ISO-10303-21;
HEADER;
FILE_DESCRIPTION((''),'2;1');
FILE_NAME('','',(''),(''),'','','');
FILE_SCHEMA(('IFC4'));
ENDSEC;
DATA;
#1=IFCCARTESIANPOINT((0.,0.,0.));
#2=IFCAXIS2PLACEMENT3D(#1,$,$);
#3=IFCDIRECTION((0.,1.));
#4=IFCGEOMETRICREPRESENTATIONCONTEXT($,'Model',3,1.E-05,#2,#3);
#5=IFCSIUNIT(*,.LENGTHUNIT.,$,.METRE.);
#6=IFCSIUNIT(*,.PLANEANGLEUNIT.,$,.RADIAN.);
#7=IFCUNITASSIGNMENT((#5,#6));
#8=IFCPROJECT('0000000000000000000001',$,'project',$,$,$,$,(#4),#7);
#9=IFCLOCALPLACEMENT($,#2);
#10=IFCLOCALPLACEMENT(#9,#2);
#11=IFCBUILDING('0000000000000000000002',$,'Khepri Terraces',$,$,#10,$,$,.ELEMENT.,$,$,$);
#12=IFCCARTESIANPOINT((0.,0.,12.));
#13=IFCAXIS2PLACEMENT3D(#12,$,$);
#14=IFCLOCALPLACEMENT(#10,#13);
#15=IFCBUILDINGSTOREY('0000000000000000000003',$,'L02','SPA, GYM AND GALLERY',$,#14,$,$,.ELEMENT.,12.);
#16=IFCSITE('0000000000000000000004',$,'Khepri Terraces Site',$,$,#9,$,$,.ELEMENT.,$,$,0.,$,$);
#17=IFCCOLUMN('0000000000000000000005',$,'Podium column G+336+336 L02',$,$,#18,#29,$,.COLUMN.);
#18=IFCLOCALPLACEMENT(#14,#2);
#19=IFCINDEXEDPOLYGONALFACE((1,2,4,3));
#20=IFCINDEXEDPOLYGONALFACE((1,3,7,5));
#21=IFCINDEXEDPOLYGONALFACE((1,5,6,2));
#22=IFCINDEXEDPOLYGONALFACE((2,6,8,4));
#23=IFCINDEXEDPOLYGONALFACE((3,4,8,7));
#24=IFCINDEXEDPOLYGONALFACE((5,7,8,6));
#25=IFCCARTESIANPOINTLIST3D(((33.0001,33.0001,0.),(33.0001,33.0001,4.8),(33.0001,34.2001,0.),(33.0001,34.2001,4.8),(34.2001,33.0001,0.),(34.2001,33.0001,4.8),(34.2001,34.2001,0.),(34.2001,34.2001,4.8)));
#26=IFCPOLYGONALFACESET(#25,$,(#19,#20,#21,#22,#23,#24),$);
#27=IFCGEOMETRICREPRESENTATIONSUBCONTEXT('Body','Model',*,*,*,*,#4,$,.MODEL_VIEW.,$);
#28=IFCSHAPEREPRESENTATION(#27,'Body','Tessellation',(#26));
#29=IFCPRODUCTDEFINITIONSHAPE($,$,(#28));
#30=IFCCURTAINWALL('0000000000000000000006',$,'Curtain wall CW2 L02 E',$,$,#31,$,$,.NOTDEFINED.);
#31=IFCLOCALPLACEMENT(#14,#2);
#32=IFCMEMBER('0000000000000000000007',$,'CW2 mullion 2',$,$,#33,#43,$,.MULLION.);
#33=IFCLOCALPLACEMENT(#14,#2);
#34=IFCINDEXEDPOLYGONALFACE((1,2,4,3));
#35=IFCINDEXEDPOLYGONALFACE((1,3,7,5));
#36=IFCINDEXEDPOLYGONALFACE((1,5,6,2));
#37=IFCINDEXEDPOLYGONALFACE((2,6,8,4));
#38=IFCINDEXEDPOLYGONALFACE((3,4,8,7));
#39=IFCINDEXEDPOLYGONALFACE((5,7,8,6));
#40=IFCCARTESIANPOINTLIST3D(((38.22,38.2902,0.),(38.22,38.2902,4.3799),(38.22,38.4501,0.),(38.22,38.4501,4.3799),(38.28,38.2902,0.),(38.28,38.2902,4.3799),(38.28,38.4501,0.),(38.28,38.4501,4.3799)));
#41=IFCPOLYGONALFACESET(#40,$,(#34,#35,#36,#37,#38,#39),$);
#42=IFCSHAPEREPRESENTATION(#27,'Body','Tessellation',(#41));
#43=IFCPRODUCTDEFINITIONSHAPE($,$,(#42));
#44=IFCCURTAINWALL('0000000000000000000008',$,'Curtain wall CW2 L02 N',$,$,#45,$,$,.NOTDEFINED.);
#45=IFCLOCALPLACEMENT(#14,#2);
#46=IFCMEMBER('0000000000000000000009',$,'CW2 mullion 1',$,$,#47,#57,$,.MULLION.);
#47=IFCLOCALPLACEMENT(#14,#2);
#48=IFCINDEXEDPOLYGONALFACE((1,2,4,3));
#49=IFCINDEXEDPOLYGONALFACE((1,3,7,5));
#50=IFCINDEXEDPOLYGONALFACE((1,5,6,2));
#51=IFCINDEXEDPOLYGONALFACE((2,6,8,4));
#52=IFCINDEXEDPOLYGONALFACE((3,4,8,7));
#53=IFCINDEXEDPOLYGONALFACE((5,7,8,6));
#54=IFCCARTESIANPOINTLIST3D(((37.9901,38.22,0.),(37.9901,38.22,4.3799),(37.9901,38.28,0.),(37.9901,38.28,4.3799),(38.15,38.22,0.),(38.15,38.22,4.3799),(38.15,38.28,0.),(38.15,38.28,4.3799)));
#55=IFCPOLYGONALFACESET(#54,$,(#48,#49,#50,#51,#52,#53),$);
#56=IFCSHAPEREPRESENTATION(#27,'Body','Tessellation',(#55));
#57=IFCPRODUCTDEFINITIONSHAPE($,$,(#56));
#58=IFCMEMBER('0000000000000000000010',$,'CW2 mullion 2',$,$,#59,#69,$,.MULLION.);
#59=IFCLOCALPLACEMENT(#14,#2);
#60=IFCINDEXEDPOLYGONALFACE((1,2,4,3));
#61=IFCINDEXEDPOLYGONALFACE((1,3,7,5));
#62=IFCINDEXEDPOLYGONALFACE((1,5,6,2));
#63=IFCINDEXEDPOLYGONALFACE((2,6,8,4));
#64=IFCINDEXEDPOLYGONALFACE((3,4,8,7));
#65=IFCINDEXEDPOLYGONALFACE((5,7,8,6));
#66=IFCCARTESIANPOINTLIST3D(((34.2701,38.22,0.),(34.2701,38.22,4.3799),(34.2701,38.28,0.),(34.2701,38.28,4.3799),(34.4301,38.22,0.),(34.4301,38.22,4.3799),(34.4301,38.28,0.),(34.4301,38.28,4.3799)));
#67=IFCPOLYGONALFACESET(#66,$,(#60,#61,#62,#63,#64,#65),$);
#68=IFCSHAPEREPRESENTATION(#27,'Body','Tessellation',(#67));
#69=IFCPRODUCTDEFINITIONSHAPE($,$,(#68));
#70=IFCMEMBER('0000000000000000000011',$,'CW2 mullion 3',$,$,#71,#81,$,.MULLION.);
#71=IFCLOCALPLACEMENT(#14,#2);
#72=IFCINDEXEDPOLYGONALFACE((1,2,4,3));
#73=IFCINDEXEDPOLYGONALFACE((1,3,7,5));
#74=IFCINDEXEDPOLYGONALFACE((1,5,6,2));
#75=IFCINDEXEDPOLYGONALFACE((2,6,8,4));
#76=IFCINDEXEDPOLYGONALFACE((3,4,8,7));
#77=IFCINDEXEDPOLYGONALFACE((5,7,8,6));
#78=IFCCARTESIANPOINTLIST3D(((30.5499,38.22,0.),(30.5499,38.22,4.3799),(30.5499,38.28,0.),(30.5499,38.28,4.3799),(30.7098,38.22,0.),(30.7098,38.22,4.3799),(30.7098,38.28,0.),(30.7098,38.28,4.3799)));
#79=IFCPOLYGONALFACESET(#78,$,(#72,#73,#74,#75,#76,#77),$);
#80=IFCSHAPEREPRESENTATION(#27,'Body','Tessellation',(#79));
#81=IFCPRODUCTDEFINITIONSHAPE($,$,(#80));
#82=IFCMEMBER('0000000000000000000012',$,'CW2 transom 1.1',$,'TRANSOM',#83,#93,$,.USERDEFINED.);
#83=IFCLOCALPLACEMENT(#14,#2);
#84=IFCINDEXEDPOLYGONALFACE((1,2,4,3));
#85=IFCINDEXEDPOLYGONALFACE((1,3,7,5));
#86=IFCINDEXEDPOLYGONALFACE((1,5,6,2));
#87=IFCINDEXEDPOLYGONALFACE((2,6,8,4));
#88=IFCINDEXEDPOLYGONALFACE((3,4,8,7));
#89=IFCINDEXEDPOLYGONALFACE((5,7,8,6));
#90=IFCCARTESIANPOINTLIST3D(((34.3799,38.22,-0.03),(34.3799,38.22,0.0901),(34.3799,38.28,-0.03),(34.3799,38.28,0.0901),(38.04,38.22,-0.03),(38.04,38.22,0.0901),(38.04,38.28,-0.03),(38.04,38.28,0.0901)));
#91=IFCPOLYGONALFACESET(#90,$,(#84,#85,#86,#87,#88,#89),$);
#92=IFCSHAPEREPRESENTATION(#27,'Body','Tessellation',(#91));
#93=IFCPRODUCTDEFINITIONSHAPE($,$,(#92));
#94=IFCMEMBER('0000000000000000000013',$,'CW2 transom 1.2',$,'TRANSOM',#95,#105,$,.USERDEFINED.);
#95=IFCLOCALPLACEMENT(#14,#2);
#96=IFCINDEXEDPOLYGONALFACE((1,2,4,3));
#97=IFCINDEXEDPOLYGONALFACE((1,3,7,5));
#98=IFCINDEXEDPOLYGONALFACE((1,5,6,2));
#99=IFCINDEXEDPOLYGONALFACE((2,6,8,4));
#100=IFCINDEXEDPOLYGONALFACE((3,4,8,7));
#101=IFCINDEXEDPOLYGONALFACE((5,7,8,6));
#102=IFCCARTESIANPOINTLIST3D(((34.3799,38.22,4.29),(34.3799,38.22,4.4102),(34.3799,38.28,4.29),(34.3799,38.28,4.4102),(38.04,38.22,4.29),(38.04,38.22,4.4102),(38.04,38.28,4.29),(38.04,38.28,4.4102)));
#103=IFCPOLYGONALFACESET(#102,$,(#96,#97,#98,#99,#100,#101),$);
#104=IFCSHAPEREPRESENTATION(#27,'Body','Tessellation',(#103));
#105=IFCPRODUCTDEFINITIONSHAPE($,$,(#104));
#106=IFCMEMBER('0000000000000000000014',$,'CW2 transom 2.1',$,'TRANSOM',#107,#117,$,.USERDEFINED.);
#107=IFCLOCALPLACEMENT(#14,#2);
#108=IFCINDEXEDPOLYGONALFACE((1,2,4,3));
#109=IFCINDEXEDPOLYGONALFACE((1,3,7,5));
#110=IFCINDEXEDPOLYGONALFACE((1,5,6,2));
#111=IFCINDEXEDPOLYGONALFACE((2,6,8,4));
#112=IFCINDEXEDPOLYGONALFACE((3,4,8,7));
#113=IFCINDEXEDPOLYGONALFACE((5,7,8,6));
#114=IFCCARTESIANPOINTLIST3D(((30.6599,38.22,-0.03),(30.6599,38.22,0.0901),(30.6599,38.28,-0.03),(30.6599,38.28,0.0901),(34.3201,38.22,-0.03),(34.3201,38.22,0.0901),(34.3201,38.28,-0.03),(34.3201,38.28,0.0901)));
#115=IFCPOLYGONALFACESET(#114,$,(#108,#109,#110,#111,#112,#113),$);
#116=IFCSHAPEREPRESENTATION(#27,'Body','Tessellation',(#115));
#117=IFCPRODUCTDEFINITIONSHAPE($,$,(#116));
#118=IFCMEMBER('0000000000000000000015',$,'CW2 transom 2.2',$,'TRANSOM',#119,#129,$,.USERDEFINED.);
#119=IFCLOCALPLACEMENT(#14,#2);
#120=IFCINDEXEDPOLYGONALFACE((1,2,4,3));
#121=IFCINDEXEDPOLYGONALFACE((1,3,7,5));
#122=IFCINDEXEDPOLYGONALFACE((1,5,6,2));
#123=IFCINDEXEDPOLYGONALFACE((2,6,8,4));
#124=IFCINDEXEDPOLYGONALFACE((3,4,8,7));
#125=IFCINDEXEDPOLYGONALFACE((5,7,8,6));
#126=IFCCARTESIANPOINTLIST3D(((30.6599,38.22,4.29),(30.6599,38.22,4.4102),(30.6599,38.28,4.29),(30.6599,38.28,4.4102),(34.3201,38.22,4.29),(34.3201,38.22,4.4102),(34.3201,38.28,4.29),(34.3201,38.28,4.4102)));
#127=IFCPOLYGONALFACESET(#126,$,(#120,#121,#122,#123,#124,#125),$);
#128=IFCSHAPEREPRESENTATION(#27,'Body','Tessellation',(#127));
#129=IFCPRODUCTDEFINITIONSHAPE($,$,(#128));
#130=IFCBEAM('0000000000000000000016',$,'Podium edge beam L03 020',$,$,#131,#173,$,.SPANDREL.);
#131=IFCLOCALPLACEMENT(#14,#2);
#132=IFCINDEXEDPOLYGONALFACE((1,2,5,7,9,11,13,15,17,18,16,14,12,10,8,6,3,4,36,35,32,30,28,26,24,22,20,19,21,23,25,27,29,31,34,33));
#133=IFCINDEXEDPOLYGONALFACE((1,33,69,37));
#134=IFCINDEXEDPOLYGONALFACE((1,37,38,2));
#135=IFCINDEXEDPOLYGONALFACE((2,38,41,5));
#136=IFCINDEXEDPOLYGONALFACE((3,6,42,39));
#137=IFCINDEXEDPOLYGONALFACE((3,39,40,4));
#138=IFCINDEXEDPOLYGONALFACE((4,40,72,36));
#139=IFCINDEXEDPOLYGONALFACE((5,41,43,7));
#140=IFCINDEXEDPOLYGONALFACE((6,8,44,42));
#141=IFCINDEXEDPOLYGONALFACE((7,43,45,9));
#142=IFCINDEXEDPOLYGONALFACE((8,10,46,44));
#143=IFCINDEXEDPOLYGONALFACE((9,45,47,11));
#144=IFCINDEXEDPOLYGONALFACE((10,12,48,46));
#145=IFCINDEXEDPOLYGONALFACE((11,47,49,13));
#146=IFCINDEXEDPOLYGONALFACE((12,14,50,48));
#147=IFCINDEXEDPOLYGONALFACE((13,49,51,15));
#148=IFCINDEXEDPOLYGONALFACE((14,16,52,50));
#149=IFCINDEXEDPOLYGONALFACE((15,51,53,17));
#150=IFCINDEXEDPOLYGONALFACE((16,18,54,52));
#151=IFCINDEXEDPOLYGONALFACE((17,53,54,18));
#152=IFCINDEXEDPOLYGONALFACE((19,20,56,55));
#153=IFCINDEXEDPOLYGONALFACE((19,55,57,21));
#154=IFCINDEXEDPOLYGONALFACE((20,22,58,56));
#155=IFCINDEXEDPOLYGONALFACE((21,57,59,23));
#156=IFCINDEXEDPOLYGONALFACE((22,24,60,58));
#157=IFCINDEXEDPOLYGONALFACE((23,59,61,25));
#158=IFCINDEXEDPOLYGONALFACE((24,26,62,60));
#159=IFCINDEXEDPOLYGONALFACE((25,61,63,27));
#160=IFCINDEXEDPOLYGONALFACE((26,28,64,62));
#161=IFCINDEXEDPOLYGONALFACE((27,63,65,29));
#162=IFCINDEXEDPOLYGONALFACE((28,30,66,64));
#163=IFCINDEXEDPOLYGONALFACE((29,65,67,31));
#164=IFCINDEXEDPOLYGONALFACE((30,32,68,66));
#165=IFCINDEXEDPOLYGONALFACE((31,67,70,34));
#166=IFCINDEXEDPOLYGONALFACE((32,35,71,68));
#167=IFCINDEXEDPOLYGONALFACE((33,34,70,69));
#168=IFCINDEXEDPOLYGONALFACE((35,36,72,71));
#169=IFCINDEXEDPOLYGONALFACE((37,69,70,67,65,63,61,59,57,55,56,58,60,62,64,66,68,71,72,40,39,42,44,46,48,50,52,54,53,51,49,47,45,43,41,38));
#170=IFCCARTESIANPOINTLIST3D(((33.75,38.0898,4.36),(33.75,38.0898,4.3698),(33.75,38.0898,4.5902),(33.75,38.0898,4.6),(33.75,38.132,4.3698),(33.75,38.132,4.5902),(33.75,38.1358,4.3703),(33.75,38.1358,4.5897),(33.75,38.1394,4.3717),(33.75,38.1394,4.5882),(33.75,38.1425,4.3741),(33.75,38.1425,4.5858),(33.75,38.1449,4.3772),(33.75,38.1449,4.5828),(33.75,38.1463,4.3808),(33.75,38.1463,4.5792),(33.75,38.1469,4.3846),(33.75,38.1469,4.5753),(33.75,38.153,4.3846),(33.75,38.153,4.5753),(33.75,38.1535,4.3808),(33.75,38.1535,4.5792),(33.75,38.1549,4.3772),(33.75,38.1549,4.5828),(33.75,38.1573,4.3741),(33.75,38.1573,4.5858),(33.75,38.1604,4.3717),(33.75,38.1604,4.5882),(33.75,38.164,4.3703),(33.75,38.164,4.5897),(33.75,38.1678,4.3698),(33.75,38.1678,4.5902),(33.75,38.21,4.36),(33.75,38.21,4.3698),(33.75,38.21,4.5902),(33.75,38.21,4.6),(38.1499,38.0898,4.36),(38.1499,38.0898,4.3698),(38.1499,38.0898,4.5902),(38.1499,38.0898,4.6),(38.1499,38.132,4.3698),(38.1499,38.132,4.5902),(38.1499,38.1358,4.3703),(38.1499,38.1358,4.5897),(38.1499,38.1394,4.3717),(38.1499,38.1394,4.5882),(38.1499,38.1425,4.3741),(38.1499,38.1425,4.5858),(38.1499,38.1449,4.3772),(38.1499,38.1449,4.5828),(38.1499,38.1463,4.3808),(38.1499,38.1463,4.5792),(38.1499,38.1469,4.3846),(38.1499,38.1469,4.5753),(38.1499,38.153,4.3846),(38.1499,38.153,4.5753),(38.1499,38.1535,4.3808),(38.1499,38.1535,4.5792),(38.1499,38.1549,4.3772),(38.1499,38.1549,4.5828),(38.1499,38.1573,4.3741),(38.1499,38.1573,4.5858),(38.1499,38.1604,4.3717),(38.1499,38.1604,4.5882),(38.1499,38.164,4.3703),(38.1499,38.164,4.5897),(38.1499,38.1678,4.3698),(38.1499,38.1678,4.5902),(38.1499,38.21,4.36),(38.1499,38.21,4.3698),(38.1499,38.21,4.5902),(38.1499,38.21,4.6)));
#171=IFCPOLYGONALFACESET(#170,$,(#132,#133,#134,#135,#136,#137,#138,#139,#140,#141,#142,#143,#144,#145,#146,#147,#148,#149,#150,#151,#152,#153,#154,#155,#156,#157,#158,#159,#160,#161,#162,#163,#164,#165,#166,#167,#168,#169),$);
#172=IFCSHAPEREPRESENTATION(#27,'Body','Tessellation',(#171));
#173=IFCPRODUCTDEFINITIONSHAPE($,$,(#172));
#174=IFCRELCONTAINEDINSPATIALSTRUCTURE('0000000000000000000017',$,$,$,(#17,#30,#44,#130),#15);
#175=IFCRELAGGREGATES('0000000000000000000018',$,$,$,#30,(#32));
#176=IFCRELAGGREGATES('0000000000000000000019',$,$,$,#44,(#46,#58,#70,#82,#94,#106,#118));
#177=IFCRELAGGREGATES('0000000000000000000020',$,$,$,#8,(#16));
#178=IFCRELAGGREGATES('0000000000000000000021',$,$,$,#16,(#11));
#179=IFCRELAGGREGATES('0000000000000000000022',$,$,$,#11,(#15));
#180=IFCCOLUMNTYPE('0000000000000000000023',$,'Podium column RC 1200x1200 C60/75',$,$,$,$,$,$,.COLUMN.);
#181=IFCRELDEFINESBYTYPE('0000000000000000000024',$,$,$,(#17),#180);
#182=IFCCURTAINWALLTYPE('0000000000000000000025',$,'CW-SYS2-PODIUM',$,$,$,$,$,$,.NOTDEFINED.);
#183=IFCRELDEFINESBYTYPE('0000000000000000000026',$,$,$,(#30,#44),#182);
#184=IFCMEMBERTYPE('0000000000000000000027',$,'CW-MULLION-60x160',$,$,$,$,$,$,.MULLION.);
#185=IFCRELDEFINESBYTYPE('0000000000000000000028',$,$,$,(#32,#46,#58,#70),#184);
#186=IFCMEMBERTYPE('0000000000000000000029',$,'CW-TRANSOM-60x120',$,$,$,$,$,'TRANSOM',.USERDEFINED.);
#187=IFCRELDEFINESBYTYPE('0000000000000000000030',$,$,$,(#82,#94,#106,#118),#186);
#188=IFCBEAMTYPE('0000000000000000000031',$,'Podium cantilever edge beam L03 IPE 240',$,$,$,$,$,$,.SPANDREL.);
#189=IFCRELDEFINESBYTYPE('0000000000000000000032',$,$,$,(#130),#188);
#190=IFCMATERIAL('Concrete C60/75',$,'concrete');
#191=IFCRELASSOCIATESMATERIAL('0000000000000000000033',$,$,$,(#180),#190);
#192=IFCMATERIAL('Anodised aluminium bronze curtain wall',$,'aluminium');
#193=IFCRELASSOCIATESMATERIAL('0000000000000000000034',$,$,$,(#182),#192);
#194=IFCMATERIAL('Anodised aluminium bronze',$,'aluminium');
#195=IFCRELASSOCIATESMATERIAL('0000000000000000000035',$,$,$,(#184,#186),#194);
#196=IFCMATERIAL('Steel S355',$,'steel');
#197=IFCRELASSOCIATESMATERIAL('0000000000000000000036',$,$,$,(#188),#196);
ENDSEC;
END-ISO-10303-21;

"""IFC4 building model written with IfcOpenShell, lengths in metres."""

from ifc_helpers import new_model, si_unit, direction, frame, origin, origin_2d, place, context, subcontext, project, spatial, rectangle, i_section, extrude, material, material_profile, profile_set, type_object, element, aggregate, save


model = new_model("IFC4")

# Units and contexts
model_context = context("Model", 3, precision=1e-05, world=origin(), true_north=direction((0.0, 1.0)))
body_context = subcontext(model_context, "Body", "Model", "MODEL_VIEW")
ifc_project = project(units=[si_unit("LENGTHUNIT", "METRE"), si_unit("PLANEANGLEUNIT", "RADIAN")], contexts=[model_context])

# Site, building, storey
site_placement = place(None, origin())
site = spatial("IfcSite", under=ifc_project, at=site_placement, Name="Khepri Terraces Site", CompositionType="ELEMENT", RefElevation=0.0)
building_placement = place(site_placement, origin())
building = spatial("IfcBuilding", under=site, at=building_placement, Name="Khepri Terraces", CompositionType="ELEMENT")
storey_placement = place(building_placement, frame((0.0, 0.0, 12.0)))
storey = spatial("IfcBuildingStorey", under=building, at=storey_placement, Name="L02", Description="SPA, GYM AND GALLERY", CompositionType="ELEMENT", Elevation=12.0)

# Column
ifc_material_1 = material(Name="Concrete C60/75", Category="concrete")
ifc_material_profile_1 = material_profile(ifc_material_1, rectangle(XDim=1.2, YDim=1.2, at=origin_2d()), Name="Concrete C60/75", Category="concrete")
ifc_profile_set_1 = profile_set([ifc_material_profile_1], Name="Concrete C60/75")
column_type = type_object("IfcColumnType", Name="Podium column RC 1200x1200 C60/75", PredefinedType="COLUMN", material=ifc_profile_set_1)
column_placement = place(storey_placement, frame((33.6001, 33.6001, 0.0), z_axis=(0.0, 0.0, 1.0), x_axis=(1.0, 0.0, 0.0)))
element("IfcColumn", 1, at=column_placement, inside=storey, type_object=column_type, Name="Podium column G+336+336 L02", PredefinedType="COLUMN", context=body_context, shape_type="SweptSolid", body=[
    extrude(rectangle(XDim=1.2, YDim=1.2, at=origin_2d()), origin(), (0.0, 0.0, 1.0), 4.8),
])

# Curtain wall, member
ifc_material_2 = material(Name="Anodised aluminium bronze curtain wall", Category="aluminium")
curtain_wall_type = type_object("IfcCurtainWallType", Name="CW-SYS2-PODIUM", PredefinedType="NOTDEFINED", material=ifc_material_2)
curtain_wall_1_placement = place(storey_placement, origin())
curtain_wall_1 = element("IfcCurtainWall", 2, at=curtain_wall_1_placement, inside=storey, type_object=curtain_wall_type, Name="Curtain wall CW2 L02 E", PredefinedType="NOTDEFINED")
ifc_material_3 = material(Name="Anodised aluminium bronze", Category="aluminium")
ifc_material_profile_2 = material_profile(ifc_material_3, rectangle(XDim=0.0601, YDim=0.1599, at=origin_2d()), Name="Anodised aluminium bronze", Category="aluminium")
ifc_profile_set_2 = profile_set([ifc_material_profile_2], Name="Anodised aluminium bronze")
member_type_1 = type_object("IfcMemberType", Name="CW-MULLION-60x160", PredefinedType="MULLION", material=ifc_profile_set_2)
member_1_placement = place(storey_placement, frame((38.25, 38.3701, 0.0), z_axis=(0.0, 0.0, 1.0), x_axis=(-1.0, 0.0, 0.0)))
member_1 = element("IfcMember", 3, at=member_1_placement, type_object=member_type_1, Name="CW2 mullion 2", PredefinedType="MULLION", context=body_context, shape_type="SweptSolid", body=[
    extrude(rectangle(XDim=0.0601, YDim=0.1599, at=origin_2d()), origin(), (0.0, 0.0, 1.0), 4.3799),
])

# Curtain wall, members
curtain_wall_2_placement = place(storey_placement, origin())
curtain_wall_2 = element("IfcCurtainWall", 4, at=curtain_wall_2_placement, inside=storey, type_object=curtain_wall_type, Name="Curtain wall CW2 L02 N", PredefinedType="NOTDEFINED")
member_2_placement = place(storey_placement, frame((38.0701, 38.25, 0.0), z_axis=(0.0, 0.0, 1.0), x_axis=(0.0, -1.0, 0.0)))
member_2 = element("IfcMember", 5, at=member_2_placement, type_object=member_type_1, Name="CW2 mullion 1", PredefinedType="MULLION", context=body_context, shape_type="SweptSolid", body=[
    extrude(rectangle(XDim=0.0601, YDim=0.1599, at=origin_2d()), origin(), (0.0, 0.0, 1.0), 4.3799),
])
member_3_placement = place(storey_placement, frame((34.3501, 38.25, 0.0), z_axis=(0.0, 0.0, 1.0), x_axis=(0.0, -1.0, 0.0)))
member_3 = element("IfcMember", 6, at=member_3_placement, type_object=member_type_1, Name="CW2 mullion 2", PredefinedType="MULLION", context=body_context, shape_type="SweptSolid", body=[
    extrude(rectangle(XDim=0.0601, YDim=0.1599, at=origin_2d()), origin(), (0.0, 0.0, 1.0), 4.3799),
])
member_4_placement = place(storey_placement, frame((30.6299, 38.25, 0.0), z_axis=(0.0, 0.0, 1.0), x_axis=(0.0, -1.0, 0.0)))
member_4 = element("IfcMember", 7, at=member_4_placement, type_object=member_type_1, Name="CW2 mullion 3", PredefinedType="MULLION", context=body_context, shape_type="SweptSolid", body=[
    extrude(rectangle(XDim=0.0601, YDim=0.1599, at=origin_2d()), origin(), (0.0, 0.0, 1.0), 4.3799),
])
ifc_material_profile_3 = material_profile(ifc_material_3, rectangle(XDim=0.0601, YDim=0.1201, at=origin_2d()), Name="Anodised aluminium bronze", Category="aluminium")
ifc_profile_set_3 = profile_set([ifc_material_profile_3], Name="Anodised aluminium bronze")
member_type_2 = type_object("IfcMemberType", Name="CW-TRANSOM-60x120", ElementType="TRANSOM", PredefinedType="USERDEFINED", material=ifc_profile_set_3)
member_5_placement = place(storey_placement, frame((38.04, 38.25, 0.03), z_axis=(-1.0, 0.0, 0.0), x_axis=(0.0, -1.0, 0.0)))
member_5 = element("IfcMember", 8, at=member_5_placement, type_object=member_type_2, Name="CW2 transom 1.1", ObjectType="TRANSOM", PredefinedType="USERDEFINED", context=body_context, shape_type="SweptSolid", body=[
    extrude(rectangle(XDim=0.0601, YDim=0.1201, at=origin_2d()), origin(), (0.0, 0.0, 1.0), 3.6602),
])
member_6_placement = place(storey_placement, frame((38.04, 38.25, 4.3501), z_axis=(-1.0, 0.0, 0.0), x_axis=(0.0, -1.0, 0.0)))
member_6 = element("IfcMember", 9, at=member_6_placement, type_object=member_type_2, Name="CW2 transom 1.2", ObjectType="TRANSOM", PredefinedType="USERDEFINED", context=body_context, shape_type="SweptSolid", body=[
    extrude(rectangle(XDim=0.0601, YDim=0.1201, at=origin_2d()), origin(), (0.0, 0.0, 1.0), 3.6602),
])
member_7_placement = place(storey_placement, frame((34.3201, 38.25, 0.03), z_axis=(-1.0, 0.0, 0.0), x_axis=(0.0, -1.0, 0.0)))
member_7 = element("IfcMember", 10, at=member_7_placement, type_object=member_type_2, Name="CW2 transom 2.1", ObjectType="TRANSOM", PredefinedType="USERDEFINED", context=body_context, shape_type="SweptSolid", body=[
    extrude(rectangle(XDim=0.0601, YDim=0.1201, at=origin_2d()), origin(), (0.0, 0.0, 1.0), 3.6602),
])
member_8_placement = place(storey_placement, frame((34.3201, 38.25, 4.3501), z_axis=(-1.0, 0.0, 0.0), x_axis=(0.0, -1.0, 0.0)))
member_8 = element("IfcMember", 11, at=member_8_placement, type_object=member_type_2, Name="CW2 transom 2.2", ObjectType="TRANSOM", PredefinedType="USERDEFINED", context=body_context, shape_type="SweptSolid", body=[
    extrude(rectangle(XDim=0.0601, YDim=0.1201, at=origin_2d()), origin(), (0.0, 0.0, 1.0), 3.6602),
])

# Beam
ifc_material_4 = material(Name="Steel S355", Category="steel")
ifc_material_profile_4 = material_profile(ifc_material_4, i_section(OverallWidth=0.1201, OverallDepth=0.24, WebThickness=0.0061, FlangeThickness=0.0098, FilletRadius=0.0149, at=origin_2d()), Name="Steel S355", Category="steel")
ifc_profile_set_4 = profile_set([ifc_material_profile_4], Name="Steel S355")
beam_type_1 = type_object("IfcBeamType", Name="Podium cantilever edge beam L03 IPE 240", PredefinedType="SPANDREL", material=ifc_profile_set_4)
beam_1_placement = place(storey_placement, frame((33.75, 38.1499, 4.48), z_axis=(1.0, 0.0, 0.0), x_axis=(0.0, 1.0, 0.0)))
element("IfcBeam", 12, at=beam_1_placement, inside=storey, type_object=beam_type_1, Name="Podium edge beam L03 020", PredefinedType="SPANDREL", context=body_context, shape_type="SweptSolid", body=[
    extrude(i_section(OverallWidth=0.1201, OverallDepth=0.24, WebThickness=0.0061, FlangeThickness=0.0098, FilletRadius=0.0149, at=origin_2d()), origin(), (0.0, 0.0, 1.0), 4.3999),
])

aggregate(curtain_wall_1, [member_1])
aggregate(curtain_wall_2, [member_2, member_3, member_4, member_5, member_6, member_7, member_8])

save(model, "model.ifc")
